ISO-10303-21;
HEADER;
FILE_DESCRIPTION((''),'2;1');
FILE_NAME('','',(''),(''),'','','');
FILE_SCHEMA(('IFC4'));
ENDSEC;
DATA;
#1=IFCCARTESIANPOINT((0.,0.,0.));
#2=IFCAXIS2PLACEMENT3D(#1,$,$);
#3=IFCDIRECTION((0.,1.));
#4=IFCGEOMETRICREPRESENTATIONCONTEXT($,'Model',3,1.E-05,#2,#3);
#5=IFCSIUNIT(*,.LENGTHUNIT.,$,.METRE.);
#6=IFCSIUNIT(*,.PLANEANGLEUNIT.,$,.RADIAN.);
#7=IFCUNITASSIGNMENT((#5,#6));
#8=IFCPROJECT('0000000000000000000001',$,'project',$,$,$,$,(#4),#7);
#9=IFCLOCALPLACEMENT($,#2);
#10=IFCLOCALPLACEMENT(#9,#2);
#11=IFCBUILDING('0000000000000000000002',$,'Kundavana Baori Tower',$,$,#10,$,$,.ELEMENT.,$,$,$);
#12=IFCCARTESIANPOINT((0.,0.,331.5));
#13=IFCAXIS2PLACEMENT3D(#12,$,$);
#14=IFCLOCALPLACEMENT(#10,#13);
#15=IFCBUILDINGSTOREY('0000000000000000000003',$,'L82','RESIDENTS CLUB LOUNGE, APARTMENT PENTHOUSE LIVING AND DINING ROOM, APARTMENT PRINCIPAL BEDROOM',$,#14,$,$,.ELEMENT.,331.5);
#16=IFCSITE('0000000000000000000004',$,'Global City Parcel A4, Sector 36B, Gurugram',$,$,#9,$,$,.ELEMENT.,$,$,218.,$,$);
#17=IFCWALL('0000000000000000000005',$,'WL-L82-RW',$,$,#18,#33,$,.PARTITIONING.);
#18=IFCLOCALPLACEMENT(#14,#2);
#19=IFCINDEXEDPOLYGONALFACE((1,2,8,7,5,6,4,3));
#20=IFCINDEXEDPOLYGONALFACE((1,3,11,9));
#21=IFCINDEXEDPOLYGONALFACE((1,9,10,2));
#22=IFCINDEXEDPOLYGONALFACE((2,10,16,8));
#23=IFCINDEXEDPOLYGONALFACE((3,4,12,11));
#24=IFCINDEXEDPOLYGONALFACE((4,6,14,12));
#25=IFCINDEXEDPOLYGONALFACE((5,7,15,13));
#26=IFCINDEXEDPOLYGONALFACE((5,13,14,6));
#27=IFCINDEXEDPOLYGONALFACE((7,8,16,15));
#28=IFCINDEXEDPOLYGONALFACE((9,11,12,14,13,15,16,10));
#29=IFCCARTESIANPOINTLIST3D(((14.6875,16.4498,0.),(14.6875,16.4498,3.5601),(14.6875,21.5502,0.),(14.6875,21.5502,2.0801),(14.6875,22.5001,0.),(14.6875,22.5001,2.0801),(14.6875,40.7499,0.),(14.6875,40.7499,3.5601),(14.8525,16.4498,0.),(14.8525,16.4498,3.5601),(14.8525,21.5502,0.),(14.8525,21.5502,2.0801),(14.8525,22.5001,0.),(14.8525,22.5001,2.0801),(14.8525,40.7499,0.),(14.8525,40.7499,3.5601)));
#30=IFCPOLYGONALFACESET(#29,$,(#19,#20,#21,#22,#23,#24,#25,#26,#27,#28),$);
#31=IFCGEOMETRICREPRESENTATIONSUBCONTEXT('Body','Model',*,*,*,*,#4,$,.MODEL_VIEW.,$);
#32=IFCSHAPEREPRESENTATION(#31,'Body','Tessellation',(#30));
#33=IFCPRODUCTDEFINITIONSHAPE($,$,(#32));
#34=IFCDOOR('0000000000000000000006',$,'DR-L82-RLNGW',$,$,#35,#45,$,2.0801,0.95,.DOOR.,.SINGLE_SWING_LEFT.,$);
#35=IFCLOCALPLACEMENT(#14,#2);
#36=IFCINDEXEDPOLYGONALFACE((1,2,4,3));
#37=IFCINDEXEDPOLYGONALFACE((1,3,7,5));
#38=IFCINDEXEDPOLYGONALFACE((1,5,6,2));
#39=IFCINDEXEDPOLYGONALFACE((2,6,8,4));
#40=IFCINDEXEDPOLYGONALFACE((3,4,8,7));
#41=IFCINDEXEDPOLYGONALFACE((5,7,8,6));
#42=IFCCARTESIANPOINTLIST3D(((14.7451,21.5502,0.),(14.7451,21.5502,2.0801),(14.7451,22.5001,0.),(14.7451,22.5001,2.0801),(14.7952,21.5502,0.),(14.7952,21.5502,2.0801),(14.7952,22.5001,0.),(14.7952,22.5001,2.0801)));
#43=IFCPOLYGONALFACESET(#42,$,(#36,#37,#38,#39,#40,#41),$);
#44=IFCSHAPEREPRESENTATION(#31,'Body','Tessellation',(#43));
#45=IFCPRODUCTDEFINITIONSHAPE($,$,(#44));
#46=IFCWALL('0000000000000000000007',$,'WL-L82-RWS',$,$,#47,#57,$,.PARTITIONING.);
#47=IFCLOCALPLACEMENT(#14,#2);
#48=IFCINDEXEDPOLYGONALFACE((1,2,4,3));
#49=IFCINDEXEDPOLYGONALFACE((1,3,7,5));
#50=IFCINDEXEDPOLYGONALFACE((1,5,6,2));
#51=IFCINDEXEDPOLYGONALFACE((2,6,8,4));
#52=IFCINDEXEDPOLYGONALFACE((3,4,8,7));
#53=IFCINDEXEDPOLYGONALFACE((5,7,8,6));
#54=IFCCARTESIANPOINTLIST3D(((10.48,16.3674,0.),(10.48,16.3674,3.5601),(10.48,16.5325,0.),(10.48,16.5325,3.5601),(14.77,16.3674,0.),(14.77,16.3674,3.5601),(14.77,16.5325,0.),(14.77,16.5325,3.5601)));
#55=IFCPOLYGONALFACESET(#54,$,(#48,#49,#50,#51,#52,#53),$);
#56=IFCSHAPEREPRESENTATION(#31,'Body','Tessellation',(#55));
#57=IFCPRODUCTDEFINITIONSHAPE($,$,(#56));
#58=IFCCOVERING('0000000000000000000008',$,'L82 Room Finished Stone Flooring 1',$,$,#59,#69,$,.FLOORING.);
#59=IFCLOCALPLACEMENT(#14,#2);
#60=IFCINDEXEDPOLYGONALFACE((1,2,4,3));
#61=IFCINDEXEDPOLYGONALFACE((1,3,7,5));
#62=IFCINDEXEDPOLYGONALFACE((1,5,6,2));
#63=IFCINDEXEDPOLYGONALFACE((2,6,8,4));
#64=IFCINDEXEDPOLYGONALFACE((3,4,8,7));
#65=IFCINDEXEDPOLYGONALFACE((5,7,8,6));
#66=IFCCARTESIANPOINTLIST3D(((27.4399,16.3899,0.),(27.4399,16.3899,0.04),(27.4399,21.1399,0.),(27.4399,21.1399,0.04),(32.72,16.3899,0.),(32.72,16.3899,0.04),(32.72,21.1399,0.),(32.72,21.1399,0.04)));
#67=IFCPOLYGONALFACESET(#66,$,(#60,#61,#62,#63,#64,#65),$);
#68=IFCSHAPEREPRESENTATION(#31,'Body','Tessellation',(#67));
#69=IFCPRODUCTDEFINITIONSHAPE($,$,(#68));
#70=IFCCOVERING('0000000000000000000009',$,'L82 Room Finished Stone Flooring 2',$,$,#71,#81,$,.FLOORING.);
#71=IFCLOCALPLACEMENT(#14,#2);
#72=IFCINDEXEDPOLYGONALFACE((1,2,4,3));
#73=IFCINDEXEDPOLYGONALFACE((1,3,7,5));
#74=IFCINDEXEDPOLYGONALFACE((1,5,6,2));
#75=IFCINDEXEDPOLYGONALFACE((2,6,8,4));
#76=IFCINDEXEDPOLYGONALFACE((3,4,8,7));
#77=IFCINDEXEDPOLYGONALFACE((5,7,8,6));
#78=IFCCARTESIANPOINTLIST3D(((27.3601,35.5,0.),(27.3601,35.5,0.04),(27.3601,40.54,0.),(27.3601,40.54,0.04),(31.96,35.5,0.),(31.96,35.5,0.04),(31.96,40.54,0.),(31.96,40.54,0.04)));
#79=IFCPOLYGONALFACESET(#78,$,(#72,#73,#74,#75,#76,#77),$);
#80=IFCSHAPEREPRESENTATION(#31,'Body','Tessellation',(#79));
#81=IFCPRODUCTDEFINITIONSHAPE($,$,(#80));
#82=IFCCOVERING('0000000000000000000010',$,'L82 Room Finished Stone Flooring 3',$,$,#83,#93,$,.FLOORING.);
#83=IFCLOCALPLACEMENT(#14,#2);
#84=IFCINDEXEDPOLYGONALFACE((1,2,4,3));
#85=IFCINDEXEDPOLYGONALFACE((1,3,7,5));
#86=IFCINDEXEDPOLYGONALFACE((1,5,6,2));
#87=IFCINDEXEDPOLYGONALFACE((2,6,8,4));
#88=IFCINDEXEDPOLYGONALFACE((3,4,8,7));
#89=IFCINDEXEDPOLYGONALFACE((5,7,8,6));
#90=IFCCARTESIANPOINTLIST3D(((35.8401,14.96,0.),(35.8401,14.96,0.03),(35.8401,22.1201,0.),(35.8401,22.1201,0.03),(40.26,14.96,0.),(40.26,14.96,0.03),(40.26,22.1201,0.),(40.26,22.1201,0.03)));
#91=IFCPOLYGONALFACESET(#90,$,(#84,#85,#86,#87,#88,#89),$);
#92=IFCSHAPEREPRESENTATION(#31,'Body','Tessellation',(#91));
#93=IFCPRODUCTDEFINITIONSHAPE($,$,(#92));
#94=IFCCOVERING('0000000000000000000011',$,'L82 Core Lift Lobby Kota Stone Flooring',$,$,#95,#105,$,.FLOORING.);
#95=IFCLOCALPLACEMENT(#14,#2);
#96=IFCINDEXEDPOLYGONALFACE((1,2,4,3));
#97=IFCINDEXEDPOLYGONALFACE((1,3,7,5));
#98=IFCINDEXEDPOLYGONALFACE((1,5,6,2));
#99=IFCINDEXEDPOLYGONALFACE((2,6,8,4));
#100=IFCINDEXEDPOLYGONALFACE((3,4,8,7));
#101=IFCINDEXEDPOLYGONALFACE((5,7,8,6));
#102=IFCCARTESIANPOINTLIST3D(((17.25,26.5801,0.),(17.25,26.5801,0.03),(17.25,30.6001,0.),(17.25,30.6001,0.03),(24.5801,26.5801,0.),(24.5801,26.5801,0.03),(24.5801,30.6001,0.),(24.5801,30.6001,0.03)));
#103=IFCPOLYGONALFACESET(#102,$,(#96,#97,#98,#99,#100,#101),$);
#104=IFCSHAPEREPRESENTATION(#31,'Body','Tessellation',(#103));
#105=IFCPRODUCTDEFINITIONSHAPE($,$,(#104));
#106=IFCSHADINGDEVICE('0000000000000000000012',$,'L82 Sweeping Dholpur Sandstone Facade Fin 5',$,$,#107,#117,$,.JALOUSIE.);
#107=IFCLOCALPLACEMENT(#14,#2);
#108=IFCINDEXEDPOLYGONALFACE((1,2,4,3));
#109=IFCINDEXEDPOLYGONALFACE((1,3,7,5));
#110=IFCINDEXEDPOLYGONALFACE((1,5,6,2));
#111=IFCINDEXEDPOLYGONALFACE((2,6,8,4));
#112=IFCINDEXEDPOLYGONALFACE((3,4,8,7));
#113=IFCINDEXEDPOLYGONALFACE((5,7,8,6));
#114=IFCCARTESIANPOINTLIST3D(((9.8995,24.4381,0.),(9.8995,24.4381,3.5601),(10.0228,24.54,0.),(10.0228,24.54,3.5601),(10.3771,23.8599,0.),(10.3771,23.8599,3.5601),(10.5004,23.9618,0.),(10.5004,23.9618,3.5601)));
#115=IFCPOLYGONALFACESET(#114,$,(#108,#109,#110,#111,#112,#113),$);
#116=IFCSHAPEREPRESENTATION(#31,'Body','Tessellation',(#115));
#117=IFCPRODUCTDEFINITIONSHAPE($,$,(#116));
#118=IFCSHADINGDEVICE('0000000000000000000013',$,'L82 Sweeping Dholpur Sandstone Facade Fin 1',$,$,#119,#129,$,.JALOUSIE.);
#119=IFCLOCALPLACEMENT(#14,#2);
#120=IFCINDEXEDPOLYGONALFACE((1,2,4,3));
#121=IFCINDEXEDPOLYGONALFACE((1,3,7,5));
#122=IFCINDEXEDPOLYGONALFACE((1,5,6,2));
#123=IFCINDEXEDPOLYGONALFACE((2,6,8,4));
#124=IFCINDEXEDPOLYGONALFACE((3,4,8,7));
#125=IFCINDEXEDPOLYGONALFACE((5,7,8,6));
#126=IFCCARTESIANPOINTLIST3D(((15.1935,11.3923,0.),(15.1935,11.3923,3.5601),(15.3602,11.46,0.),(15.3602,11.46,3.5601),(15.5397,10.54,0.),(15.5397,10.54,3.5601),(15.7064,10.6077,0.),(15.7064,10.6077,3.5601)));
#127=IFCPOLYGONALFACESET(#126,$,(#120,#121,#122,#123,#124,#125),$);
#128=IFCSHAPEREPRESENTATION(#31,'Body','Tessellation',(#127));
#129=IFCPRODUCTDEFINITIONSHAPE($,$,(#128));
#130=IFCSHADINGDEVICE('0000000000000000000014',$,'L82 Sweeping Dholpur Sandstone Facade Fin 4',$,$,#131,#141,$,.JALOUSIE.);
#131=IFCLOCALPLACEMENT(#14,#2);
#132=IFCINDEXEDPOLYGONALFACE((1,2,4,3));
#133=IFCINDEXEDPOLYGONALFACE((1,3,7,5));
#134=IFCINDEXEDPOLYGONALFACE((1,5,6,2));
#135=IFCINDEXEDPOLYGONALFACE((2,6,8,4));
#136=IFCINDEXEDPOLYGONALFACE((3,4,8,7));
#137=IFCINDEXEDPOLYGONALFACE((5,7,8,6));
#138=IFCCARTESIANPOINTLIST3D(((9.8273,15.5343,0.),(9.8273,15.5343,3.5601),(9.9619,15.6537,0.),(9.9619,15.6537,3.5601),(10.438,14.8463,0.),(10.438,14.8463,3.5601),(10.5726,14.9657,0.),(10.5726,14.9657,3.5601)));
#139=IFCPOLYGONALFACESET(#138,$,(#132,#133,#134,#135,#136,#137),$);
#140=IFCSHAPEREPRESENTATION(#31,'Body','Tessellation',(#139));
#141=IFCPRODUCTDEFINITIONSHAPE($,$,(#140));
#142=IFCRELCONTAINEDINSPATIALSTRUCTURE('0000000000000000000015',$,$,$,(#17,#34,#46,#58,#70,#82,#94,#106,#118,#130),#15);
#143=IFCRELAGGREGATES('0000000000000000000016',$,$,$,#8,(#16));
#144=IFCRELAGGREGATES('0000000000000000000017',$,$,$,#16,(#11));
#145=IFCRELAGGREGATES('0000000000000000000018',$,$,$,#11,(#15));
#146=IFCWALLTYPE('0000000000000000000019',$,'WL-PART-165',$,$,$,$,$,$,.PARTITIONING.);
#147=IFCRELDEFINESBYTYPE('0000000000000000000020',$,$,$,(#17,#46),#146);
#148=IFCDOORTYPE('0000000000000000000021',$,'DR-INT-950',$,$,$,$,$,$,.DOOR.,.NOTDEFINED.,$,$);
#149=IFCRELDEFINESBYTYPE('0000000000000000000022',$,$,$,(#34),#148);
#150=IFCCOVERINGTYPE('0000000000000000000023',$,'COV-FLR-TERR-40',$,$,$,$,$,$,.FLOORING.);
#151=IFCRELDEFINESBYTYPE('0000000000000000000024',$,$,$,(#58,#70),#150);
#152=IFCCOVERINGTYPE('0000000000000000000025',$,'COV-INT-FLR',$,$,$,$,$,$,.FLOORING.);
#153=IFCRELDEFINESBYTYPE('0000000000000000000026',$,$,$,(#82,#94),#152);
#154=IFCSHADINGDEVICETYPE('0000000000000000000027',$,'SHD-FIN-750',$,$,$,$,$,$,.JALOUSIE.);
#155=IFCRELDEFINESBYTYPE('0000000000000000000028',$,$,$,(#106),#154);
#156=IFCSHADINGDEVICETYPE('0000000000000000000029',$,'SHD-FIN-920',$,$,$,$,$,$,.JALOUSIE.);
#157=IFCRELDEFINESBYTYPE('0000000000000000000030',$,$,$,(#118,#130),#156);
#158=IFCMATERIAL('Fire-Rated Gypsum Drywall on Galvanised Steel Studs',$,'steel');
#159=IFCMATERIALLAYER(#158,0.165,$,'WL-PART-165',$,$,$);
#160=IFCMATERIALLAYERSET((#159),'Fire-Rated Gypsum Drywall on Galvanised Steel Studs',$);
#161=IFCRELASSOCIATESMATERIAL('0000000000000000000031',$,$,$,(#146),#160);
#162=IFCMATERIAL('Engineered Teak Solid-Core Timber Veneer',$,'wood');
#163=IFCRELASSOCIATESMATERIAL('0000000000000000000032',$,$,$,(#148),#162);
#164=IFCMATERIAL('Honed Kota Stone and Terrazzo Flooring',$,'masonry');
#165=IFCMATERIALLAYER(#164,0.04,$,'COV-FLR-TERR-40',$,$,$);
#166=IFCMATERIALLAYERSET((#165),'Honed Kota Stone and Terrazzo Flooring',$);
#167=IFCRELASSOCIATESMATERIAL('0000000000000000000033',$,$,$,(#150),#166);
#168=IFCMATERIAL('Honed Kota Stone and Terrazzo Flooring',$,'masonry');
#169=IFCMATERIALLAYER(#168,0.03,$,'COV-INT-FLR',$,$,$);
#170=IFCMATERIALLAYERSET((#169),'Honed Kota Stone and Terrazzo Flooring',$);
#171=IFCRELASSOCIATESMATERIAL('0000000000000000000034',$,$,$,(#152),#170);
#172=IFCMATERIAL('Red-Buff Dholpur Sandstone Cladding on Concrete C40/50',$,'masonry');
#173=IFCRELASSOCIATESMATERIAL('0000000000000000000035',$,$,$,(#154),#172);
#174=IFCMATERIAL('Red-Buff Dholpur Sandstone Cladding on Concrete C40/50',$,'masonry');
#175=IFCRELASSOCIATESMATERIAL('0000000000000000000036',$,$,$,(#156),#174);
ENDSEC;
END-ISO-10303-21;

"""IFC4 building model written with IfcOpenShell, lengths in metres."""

from ifc_helpers import new_model, si_unit, direction, frame, frame_2d, origin, origin_2d, place, context, subcontext, project, spatial, polyline, rectangle, outline, extrude, material, layer, layer_set, type_object, element, fill, save


model = new_model("IFC4")

# Units and contexts
model_context = context("Model", 3, precision=1e-05, world=origin(), true_north=direction((0.0, 1.0)))
body_context = subcontext(model_context, "Body", "Model", "MODEL_VIEW")
ifc_project = project(units=[si_unit("LENGTHUNIT", "METRE"), si_unit("PLANEANGLEUNIT", "RADIAN")], contexts=[model_context])

# Site, building, storey
site_placement = place(None, origin())
site = spatial("IfcSite", under=ifc_project, at=site_placement, Name="Global City Parcel A4, Sector 36B, Gurugram", CompositionType="ELEMENT", RefElevation=218.0)
building_placement = place(site_placement, origin())
building = spatial("IfcBuilding", under=site, at=building_placement, Name="Kundavana Baori Tower", CompositionType="ELEMENT")
storey_placement = place(building_placement, frame((0.0, 0.0, 331.5)))
storey = spatial("IfcBuildingStorey", under=building, at=storey_placement, Name="L82", Description="RESIDENTS CLUB LOUNGE, APARTMENT PENTHOUSE LIVING AND DINING ROOM, APARTMENT PRINCIPAL BEDROOM", CompositionType="ELEMENT", Elevation=331.5)

# Shared definitions
ifc_material_1 = material(Name="Fire-Rated Gypsum Drywall on Galvanised Steel Studs", Category="steel")
ifc_layer_1 = layer(ifc_material_1, 0.165, Name="WL-PART-165")
ifc_layer_set_1 = layer_set([ifc_layer_1], Name="Fire-Rated Gypsum Drywall on Galvanised Steel Studs")
wall_type_1 = type_object("IfcWallType", Name="WL-PART-165", PredefinedType="PARTITIONING", material=ifc_layer_set_1)
ifc_material_2 = material(Name="Engineered Teak Solid-Core Timber Veneer", Category="wood")
door_type = type_object("IfcDoorType", Name="DR-INT-950", OperationType="NOTDEFINED", PredefinedType="DOOR", material=ifc_material_2)

# Wall, opening, door
wall_1_placement = place(storey_placement, frame((14.77, 16.45, 0.0), z_axis=(0.0, 0.0, 1.0), x_axis=(0.0, 1.0, 0.0)))
wall_1 = element("IfcWall", 1, at=wall_1_placement, inside=storey, type_object=wall_type_1, Name="WL-L82-RW", PredefinedType="PARTITIONING", context=body_context, shape_type="SweptSolid", body=[
    extrude(rectangle(XDim=24.3, YDim=0.165, at=frame_2d((12.1499, 0.0))), origin(), (0.0, 0.0, 1.0), 3.5601),
])
opening_1_placement = place(wall_1_placement, frame((5.1001, 0.0, 0.0)))
opening_1 = element("IfcOpeningElement", 2, at=opening_1_placement, cuts=wall_1, PredefinedType="OPENING", context=body_context, shape_type="SweptSolid", body=[
    extrude(rectangle(XDim=0.95, YDim=2.0801, at=frame_2d((0.4751, 1.04))), frame((0.0, 0.0925, 0.0), z_axis=(0.0, -1.0, 0.0), x_axis=(1.0, 0.0, 0.0)), (0.0, 0.0, 1.0), 0.1851),
])
door_1_placement = place(opening_1_placement, origin())
door_1 = element("IfcDoor", 3, at=door_1_placement, inside=storey, type_object=door_type, Name="DR-L82-RLNGW", OperationType="SINGLE_SWING_LEFT", OverallHeight=2.0801, OverallWidth=0.95, PredefinedType="DOOR", context=body_context, shape_type="SweptSolid", body=[
    extrude(rectangle(XDim=0.95, YDim=2.0801, at=frame_2d((0.4751, 1.04))), frame((0.0, 0.0249, 0.0), z_axis=(0.0, -1.0, 0.0), x_axis=(1.0, 0.0, 0.0)), (0.0, 0.0, 1.0), 0.05),
])
fill(opening_1, door_1)

# Wall
wall_2_placement = place(storey_placement, frame((10.48, 16.45, 0.0), z_axis=(0.0, 0.0, 1.0), x_axis=(1.0, 0.0, 0.0)))
element("IfcWall", 4, at=wall_2_placement, inside=storey, type_object=wall_type_1, Name="WL-L82-RWS", PredefinedType="PARTITIONING", context=body_context, shape_type="SweptSolid", body=[
    extrude(rectangle(XDim=4.29, YDim=0.165, at=frame_2d((2.145, 0.0))), origin(), (0.0, 0.0, 1.0), 3.5601),
])

# Coverings
ifc_material_3 = material(Name="Honed Kota Stone and Terrazzo Flooring", Category="masonry")
ifc_layer_2 = layer(ifc_material_3, 0.04, Name="COV-FLR-TERR-40")
ifc_layer_set_2 = layer_set([ifc_layer_2], Name="Honed Kota Stone and Terrazzo Flooring")
covering_type_1 = type_object("IfcCoveringType", Name="COV-FLR-TERR-40", PredefinedType="FLOORING", material=ifc_layer_set_2)
covering_1_placement = place(storey_placement, origin())
element("IfcCovering", 5, at=covering_1_placement, inside=storey, type_object=covering_type_1, Name="L82 Room Finished Stone Flooring 1", PredefinedType="FLOORING", context=body_context, shape_type="SweptSolid", body=[
    extrude(outline(polyline([(27.4399, 16.3899), (32.72, 16.3899), (32.72, 21.1399), (27.4399, 21.1399), (27.4399, 16.3899)])), origin(), (0.0, 0.0, 1.0), 0.04),
])
covering_2_placement = place(storey_placement, origin())
element("IfcCovering", 6, at=covering_2_placement, inside=storey, type_object=covering_type_1, Name="L82 Room Finished Stone Flooring 2", PredefinedType="FLOORING", context=body_context, shape_type="SweptSolid", body=[
    extrude(outline(polyline([(27.3601, 35.5), (31.96, 35.5), (31.96, 40.54), (27.3601, 40.54), (27.3601, 35.5)])), origin(), (0.0, 0.0, 1.0), 0.04),
])
ifc_material_4 = material(Name="Honed Kota Stone and Terrazzo Flooring", Category="masonry")
ifc_layer_3 = layer(ifc_material_4, 0.03, Name="COV-INT-FLR")
ifc_layer_set_3 = layer_set([ifc_layer_3], Name="Honed Kota Stone and Terrazzo Flooring")
covering_type_2 = type_object("IfcCoveringType", Name="COV-INT-FLR", PredefinedType="FLOORING", material=ifc_layer_set_3)
covering_3_placement = place(storey_placement, origin())
element("IfcCovering", 7, at=covering_3_placement, inside=storey, type_object=covering_type_2, Name="L82 Room Finished Stone Flooring 3", PredefinedType="FLOORING", context=body_context, shape_type="SweptSolid", body=[
    extrude(outline(polyline([(35.8401, 14.96), (40.26, 14.96), (40.26, 22.1201), (35.8401, 22.1201), (35.8401, 14.96)])), origin(), (0.0, 0.0, 1.0), 0.03),
])
covering_4_placement = place(storey_placement, origin())
element("IfcCovering", 8, at=covering_4_placement, inside=storey, type_object=covering_type_2, Name="L82 Core Lift Lobby Kota Stone Flooring", PredefinedType="FLOORING", context=body_context, shape_type="SweptSolid", body=[
    extrude(outline(polyline([(17.25, 26.5801), (24.5801, 26.5801), (24.5801, 30.6001), (17.25, 30.6001), (17.25, 26.5801)])), origin(), (0.0, 0.0, 1.0), 0.03),
])

# Shading devices
ifc_material_5 = material(Name="Red-Buff Dholpur Sandstone Cladding on Concrete C40/50", Category="masonry")
shading_device_type_1 = type_object("IfcShadingDeviceType", Name="SHD-FIN-750", PredefinedType="JALOUSIE", material=ifc_material_5)
shading_device_placement = place(storey_placement, frame((10.2, 24.2, 0.0), z_axis=(0.0, 0.0, 1.0), x_axis=(0.770958, 0.636886, 0.0)))
element("IfcShadingDevice", 9, at=shading_device_placement, inside=storey, type_object=shading_device_type_1, Name="L82 Sweeping Dholpur Sandstone Facade Fin 5", PredefinedType="JALOUSIE", context=body_context, shape_type="SweptSolid", body=[
    extrude(rectangle(XDim=0.1599, YDim=0.75, at=origin_2d()), origin(), (0.0, 0.0, 1.0), 3.5601),
])
ifc_material_6 = material(Name="Red-Buff Dholpur Sandstone Cladding on Concrete C40/50", Category="masonry")
shading_device_type_2 = type_object("IfcShadingDeviceType", Name="SHD-FIN-920", PredefinedType="JALOUSIE", material=ifc_material_6)
for number, where, z_axis, x_axis, name in (
    (10, (15.45, 11.0, 0.0), (0.0, 0.0, 1.0), (0.926463, 0.376386, 0.0), "L82 Sweeping Dholpur Sandstone Facade Fin 1"),
    (11, (10.2, 15.25, 0.0), (0.0, 0.0, 1.0), (0.747914, 0.663796, 0.0), "L82 Sweeping Dholpur Sandstone Facade Fin 4"),
):
    element("IfcShadingDevice", number, at=place(storey_placement, frame(where, z_axis=z_axis, x_axis=x_axis)), inside=storey, type_object=shading_device_type_2, Name=name, PredefinedType="JALOUSIE", context=body_context, shape_type="SweptSolid", body=[
        extrude(rectangle(XDim=0.1799, YDim=0.9199, at=origin_2d()), origin(), (0.0, 0.0, 1.0), 3.5601),
    ])

save(model, "model.ifc")
